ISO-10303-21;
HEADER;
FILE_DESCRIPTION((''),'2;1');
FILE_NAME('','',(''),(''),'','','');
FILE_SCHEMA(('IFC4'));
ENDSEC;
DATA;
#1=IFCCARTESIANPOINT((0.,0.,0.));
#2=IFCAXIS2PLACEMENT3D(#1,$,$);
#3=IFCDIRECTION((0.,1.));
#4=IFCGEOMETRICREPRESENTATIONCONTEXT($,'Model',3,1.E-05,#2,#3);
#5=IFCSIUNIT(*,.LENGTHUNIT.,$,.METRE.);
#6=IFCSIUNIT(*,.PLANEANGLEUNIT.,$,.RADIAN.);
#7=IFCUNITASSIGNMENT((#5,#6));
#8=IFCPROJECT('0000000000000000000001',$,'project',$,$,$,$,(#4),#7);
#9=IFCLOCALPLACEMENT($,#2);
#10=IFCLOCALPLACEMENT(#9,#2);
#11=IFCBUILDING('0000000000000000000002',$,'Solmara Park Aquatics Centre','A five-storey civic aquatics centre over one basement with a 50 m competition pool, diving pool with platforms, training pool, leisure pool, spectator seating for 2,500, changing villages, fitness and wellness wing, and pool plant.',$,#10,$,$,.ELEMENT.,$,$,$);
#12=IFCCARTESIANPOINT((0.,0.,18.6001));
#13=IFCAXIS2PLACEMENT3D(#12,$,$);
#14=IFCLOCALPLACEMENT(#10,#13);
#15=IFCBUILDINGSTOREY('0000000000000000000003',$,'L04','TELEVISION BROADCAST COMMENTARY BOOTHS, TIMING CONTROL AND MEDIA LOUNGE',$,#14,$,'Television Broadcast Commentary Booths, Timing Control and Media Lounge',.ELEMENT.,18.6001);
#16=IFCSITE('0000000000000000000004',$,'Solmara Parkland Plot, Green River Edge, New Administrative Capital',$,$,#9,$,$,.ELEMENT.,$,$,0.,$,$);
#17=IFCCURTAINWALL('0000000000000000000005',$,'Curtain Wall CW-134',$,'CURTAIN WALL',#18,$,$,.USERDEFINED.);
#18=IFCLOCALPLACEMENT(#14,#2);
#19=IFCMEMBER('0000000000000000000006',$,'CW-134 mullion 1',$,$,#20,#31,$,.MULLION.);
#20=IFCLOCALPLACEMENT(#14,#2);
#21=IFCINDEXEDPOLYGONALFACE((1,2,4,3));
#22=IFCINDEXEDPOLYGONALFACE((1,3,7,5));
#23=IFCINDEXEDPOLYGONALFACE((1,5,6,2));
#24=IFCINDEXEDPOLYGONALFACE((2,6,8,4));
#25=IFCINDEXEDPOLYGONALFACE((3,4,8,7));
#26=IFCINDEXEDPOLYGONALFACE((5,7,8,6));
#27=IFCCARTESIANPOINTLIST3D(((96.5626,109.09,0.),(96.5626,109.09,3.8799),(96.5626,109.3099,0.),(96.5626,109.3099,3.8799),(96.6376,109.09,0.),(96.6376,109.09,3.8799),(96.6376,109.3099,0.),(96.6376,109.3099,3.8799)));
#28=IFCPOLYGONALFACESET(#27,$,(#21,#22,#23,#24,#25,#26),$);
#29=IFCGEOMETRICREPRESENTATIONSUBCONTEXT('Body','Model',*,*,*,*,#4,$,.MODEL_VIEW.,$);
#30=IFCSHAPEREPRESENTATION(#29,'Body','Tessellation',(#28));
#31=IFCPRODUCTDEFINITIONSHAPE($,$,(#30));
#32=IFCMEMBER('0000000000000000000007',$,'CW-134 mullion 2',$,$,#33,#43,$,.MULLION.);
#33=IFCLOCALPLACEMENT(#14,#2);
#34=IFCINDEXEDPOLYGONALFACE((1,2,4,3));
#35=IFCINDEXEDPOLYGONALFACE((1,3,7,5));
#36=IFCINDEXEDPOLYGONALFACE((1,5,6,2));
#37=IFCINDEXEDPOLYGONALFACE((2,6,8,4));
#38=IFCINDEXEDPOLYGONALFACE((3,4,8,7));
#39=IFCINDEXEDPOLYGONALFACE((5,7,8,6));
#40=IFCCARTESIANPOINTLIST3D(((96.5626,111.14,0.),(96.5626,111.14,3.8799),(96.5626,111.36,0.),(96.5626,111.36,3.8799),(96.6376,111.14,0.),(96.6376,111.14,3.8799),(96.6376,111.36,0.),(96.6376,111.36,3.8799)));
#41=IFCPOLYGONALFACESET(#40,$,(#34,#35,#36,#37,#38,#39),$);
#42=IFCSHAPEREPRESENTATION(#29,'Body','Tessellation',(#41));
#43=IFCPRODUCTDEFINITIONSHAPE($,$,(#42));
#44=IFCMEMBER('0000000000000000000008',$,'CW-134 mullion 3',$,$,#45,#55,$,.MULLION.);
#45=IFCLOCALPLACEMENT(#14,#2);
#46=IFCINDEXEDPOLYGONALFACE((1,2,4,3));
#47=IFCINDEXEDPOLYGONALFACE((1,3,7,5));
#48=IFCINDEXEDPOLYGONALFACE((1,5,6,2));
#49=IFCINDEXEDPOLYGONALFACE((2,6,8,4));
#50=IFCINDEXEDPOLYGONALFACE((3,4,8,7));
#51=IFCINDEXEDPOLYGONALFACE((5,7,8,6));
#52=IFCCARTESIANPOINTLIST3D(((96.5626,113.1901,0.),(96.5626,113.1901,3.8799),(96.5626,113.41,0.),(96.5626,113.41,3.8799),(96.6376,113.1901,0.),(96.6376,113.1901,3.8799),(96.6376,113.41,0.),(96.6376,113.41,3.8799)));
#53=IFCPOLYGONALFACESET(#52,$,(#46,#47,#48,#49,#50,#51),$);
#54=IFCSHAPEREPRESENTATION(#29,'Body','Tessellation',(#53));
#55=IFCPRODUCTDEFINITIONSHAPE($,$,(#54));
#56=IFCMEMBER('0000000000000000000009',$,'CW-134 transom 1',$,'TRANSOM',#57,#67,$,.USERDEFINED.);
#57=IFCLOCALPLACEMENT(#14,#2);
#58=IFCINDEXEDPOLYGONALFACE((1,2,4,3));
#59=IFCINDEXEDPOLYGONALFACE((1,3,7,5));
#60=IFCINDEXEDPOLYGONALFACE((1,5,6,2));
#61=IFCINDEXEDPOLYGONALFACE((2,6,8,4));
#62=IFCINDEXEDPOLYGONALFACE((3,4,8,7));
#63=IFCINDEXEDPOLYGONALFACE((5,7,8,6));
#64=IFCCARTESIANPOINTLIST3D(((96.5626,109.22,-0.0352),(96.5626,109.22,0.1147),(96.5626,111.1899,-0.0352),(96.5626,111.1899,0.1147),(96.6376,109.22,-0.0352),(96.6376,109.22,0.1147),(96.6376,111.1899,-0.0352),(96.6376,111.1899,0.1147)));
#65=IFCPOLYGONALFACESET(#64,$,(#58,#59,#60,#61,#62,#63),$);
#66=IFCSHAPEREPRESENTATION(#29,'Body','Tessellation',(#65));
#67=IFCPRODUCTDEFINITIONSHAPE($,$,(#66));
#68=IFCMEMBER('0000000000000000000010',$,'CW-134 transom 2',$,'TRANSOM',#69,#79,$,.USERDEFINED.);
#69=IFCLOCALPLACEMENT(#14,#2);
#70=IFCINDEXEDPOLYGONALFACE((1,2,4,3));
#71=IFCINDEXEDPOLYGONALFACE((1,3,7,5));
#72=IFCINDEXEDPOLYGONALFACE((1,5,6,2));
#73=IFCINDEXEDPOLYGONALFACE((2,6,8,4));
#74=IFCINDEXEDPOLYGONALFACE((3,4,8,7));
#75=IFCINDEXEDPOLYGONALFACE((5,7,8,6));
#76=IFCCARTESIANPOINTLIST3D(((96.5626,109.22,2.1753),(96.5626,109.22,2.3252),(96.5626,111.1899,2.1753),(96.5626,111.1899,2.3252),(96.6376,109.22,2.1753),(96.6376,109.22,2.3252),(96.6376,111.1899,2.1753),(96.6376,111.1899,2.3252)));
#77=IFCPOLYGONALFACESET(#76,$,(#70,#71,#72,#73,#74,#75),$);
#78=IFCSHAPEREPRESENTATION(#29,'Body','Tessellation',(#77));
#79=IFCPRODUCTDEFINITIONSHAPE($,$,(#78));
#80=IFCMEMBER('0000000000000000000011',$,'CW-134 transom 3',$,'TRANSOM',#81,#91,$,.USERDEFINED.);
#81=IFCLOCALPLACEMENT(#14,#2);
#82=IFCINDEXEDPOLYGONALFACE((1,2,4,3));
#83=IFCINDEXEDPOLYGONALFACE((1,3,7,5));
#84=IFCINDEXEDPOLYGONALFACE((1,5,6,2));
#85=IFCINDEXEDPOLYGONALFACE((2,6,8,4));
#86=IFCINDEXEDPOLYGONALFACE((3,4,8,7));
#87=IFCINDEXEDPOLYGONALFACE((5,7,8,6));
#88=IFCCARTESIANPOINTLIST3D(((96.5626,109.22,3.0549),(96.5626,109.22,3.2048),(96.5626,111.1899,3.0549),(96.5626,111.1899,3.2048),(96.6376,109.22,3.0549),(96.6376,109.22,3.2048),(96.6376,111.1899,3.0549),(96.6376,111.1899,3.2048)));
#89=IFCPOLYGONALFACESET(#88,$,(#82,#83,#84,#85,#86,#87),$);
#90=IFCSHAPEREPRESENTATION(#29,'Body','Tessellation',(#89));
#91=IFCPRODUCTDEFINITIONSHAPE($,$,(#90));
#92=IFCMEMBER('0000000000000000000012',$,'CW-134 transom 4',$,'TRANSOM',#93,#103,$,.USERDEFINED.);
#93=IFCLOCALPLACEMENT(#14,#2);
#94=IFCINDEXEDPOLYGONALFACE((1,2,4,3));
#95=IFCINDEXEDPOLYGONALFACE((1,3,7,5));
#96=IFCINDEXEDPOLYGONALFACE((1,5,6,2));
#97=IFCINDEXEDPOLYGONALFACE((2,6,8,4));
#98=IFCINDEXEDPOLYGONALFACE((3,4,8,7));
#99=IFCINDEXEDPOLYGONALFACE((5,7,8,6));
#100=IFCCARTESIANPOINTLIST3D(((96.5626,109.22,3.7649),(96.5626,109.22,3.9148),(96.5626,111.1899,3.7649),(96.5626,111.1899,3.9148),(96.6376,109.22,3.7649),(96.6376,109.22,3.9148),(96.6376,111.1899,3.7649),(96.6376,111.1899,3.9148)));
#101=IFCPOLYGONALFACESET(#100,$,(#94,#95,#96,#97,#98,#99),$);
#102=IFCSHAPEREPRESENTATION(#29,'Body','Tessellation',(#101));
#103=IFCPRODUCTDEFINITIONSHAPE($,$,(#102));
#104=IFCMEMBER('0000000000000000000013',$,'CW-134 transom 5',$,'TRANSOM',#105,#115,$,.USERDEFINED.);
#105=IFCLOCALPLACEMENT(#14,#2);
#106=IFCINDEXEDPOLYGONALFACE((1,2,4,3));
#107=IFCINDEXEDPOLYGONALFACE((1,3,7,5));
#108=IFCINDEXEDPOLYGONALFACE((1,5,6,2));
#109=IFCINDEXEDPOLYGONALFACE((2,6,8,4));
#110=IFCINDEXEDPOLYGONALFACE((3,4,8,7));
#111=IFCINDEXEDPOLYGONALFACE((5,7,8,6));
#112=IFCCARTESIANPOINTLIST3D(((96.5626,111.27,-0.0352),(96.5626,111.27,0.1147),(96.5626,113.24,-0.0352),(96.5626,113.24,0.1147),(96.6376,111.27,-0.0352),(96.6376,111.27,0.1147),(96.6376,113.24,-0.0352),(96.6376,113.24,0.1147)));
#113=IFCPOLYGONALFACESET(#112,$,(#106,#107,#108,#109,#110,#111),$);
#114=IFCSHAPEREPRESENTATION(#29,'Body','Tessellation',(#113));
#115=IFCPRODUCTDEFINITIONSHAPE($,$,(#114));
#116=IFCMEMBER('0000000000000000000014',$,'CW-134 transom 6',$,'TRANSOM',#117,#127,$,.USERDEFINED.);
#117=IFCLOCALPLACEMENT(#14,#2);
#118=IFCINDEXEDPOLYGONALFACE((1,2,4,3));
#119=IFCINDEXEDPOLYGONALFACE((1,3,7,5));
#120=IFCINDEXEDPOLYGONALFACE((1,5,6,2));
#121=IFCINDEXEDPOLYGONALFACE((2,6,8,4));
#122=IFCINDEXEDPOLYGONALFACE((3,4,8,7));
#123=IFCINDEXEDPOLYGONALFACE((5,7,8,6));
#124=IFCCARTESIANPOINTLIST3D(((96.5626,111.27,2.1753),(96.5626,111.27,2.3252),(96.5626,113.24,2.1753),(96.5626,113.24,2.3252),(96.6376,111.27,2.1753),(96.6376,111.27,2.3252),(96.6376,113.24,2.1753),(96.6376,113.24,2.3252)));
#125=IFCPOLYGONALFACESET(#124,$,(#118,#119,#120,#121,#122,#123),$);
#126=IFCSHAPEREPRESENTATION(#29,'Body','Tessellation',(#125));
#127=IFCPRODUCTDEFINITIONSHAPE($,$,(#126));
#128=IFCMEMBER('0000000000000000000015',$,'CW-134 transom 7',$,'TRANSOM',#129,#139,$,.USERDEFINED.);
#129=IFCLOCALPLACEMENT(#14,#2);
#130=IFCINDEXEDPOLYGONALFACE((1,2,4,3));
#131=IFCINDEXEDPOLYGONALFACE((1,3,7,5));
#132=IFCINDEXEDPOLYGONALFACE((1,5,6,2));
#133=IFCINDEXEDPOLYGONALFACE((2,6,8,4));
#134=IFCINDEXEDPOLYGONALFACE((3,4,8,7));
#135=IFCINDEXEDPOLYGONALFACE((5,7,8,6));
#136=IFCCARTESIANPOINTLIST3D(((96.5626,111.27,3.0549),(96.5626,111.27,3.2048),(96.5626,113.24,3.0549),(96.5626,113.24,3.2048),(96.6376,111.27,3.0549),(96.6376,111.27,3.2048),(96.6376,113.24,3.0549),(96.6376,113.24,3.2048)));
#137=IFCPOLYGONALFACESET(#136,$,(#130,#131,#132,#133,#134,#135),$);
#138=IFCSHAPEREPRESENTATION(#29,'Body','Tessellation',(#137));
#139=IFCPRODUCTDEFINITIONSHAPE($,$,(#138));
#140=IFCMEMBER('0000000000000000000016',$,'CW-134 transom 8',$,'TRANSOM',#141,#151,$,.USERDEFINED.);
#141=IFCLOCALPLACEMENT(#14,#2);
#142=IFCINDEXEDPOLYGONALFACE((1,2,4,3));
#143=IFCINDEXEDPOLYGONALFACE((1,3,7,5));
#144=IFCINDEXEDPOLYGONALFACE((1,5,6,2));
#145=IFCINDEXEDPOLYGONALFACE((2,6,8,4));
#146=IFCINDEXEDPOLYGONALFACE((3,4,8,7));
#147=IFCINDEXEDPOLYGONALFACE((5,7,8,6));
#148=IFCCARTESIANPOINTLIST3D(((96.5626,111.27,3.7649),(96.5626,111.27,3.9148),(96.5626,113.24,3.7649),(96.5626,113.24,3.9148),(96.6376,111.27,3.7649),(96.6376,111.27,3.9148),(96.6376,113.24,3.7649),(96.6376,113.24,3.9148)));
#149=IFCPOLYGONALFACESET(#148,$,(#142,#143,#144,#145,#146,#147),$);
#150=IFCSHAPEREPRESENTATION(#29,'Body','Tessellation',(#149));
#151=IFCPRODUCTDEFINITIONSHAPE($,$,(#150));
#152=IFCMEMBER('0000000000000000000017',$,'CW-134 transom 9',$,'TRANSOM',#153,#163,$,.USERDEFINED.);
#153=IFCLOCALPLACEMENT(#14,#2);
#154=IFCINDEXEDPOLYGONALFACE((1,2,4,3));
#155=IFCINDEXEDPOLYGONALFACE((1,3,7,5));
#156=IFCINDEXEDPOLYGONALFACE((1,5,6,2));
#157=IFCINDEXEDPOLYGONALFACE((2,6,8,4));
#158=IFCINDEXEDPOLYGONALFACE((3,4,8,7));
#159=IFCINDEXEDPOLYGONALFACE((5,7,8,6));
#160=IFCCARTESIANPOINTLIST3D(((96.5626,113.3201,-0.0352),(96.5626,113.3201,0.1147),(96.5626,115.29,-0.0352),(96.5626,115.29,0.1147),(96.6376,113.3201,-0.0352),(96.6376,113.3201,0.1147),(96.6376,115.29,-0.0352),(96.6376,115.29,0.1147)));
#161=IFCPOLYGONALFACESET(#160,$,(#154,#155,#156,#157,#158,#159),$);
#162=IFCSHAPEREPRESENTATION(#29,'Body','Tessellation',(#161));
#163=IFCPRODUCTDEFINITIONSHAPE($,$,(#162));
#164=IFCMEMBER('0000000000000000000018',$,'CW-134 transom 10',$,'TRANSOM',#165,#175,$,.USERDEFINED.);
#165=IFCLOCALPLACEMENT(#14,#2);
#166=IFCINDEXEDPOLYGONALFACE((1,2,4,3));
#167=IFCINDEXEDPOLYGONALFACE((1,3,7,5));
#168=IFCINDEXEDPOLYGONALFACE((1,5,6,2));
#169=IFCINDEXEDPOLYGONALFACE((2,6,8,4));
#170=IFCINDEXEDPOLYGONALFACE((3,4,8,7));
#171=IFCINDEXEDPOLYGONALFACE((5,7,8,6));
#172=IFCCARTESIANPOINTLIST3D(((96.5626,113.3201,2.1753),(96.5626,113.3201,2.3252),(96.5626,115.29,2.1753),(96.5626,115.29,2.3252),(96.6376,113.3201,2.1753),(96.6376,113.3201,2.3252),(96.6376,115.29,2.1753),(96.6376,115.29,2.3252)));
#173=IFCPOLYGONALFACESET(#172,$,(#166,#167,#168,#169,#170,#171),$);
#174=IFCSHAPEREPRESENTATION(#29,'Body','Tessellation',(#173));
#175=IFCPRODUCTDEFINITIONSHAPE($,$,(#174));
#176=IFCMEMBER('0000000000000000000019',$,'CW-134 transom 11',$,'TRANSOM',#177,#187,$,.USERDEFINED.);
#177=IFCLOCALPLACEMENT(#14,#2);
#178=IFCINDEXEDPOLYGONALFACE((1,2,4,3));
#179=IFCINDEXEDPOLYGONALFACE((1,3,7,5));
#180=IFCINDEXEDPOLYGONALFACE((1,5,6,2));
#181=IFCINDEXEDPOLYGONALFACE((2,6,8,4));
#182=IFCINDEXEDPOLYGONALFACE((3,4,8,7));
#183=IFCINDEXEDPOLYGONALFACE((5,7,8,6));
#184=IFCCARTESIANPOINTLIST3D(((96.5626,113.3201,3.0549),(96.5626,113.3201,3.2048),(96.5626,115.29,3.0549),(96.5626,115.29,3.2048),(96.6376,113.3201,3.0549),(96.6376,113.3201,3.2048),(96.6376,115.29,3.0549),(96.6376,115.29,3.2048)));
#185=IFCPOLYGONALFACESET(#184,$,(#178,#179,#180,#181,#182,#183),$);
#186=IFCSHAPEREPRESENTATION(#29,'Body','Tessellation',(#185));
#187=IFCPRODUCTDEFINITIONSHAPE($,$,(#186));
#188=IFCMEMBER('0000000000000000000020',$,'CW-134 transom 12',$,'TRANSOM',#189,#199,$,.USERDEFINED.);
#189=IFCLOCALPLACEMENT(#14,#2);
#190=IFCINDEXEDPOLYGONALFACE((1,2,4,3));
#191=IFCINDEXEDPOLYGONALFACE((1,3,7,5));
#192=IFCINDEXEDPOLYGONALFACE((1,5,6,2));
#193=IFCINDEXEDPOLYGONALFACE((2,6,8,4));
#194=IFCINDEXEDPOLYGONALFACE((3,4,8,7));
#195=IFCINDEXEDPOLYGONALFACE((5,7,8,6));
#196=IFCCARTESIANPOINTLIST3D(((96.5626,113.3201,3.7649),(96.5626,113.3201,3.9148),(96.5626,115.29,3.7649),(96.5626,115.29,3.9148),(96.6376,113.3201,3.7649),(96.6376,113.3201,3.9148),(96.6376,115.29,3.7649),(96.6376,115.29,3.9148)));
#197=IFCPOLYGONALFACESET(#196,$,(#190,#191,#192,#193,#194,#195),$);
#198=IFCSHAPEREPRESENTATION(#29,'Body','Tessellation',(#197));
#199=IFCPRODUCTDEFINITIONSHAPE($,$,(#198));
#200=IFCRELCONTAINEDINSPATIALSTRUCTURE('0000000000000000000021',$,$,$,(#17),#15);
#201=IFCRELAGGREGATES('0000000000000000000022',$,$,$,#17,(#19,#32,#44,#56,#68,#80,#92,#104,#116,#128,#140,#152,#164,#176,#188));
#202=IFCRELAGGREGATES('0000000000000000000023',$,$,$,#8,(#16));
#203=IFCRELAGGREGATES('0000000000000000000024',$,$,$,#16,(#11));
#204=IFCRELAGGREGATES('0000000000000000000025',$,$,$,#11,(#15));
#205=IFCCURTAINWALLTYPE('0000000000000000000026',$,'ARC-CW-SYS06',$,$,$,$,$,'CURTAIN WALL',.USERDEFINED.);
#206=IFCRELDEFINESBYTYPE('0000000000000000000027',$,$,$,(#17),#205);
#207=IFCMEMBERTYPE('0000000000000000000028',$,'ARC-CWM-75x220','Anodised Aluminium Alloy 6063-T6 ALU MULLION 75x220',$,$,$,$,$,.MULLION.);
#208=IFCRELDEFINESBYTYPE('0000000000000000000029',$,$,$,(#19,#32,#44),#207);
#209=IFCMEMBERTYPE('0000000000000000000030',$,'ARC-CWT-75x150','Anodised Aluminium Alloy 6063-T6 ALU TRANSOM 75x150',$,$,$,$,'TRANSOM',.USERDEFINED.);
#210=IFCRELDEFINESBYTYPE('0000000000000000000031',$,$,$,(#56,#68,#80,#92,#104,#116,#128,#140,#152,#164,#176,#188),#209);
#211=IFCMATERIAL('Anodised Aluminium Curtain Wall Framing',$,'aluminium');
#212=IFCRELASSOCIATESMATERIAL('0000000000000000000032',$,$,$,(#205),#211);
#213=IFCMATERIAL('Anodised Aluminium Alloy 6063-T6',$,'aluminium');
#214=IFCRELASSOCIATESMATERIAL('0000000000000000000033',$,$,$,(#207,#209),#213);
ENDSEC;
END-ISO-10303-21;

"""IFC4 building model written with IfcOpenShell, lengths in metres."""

from ifc_helpers import new_model, si_unit, direction, frame, origin, origin_2d, place, context, subcontext, project, spatial, rectangle, extrude, material, material_profile, profile_set, type_object, element, aggregate, save


model = new_model("IFC4")

# Units and contexts
model_context = context("Model", 3, precision=1e-05, world=origin(), true_north=direction((0.0, 1.0)))
body_context = subcontext(model_context, "Body", "Model", "MODEL_VIEW")
ifc_project = project(units=[si_unit("LENGTHUNIT", "METRE"), si_unit("PLANEANGLEUNIT", "RADIAN")], contexts=[model_context])

# Site, building, storey
site_placement = place(None, origin())
site = spatial("IfcSite", under=ifc_project, at=site_placement, Name="Solmara Parkland Plot, Green River Edge, New Administrative Capital", CompositionType="ELEMENT", RefElevation=0.0)
building_placement = place(site_placement, origin())
building = spatial("IfcBuilding", under=site, at=building_placement, Name="Solmara Park Aquatics Centre", Description="A five-storey civic aquatics centre over one basement with a 50 m competition pool, diving pool with platforms, training pool, leisure pool, spectator seating for 2,500, changing villages, fitness and wellness wing, and pool plant.", CompositionType="ELEMENT")
storey_placement = place(building_placement, frame((0.0, 0.0, 18.6001)))
storey = spatial("IfcBuildingStorey", under=building, at=storey_placement, Name="L04", Description="TELEVISION BROADCAST COMMENTARY BOOTHS, TIMING CONTROL AND MEDIA LOUNGE", LongName="Television Broadcast Commentary Booths, Timing Control and Media Lounge", CompositionType="ELEMENT", Elevation=18.6001)

# Curtain wall, members
ifc_material_1 = material(Name="Anodised Aluminium Curtain Wall Framing", Category="aluminium")
curtain_wall_type = type_object("IfcCurtainWallType", Name="ARC-CW-SYS06", ElementType="CURTAIN WALL", PredefinedType="USERDEFINED", material=ifc_material_1)
curtain_wall_placement = place(storey_placement, origin())
curtain_wall = element("IfcCurtainWall", 1, at=curtain_wall_placement, inside=storey, type_object=curtain_wall_type, Name="Curtain Wall CW-134", ObjectType="CURTAIN WALL", PredefinedType="USERDEFINED")
ifc_material_2 = material(Name="Anodised Aluminium Alloy 6063-T6", Category="aluminium")
ifc_material_profile_1 = material_profile(ifc_material_2, rectangle(XDim=0.075, YDim=0.22, at=origin_2d()), Name="ALU MULLION 75x220")
ifc_profile_set_1 = profile_set([ifc_material_profile_1], Name="Anodised Aluminium Alloy 6063-T6")
member_type_1 = type_object("IfcMemberType", Name="ARC-CWM-75x220", Description="Anodised Aluminium Alloy 6063-T6 ALU MULLION 75x220", PredefinedType="MULLION", material=ifc_profile_set_1)
member_1_placement = place(storey_placement, frame((96.6001, 109.2, 0.0), z_axis=(0.0, 0.0, 1.0), x_axis=(1.0, 0.0, 0.0)))
member_1 = element("IfcMember", 2, at=member_1_placement, type_object=member_type_1, Name="CW-134 mullion 1", PredefinedType="MULLION", context=body_context, shape_type="SweptSolid", body=[
    extrude(rectangle(XDim=0.075, YDim=0.22, at=origin_2d()), origin(), (0.0, 0.0, 1.0), 3.8799),
])
member_2_placement = place(storey_placement, frame((96.6001, 111.25, 0.0), z_axis=(0.0, 0.0, 1.0), x_axis=(1.0, 0.0, 0.0)))
member_2 = element("IfcMember", 3, at=member_2_placement, type_object=member_type_1, Name="CW-134 mullion 2", PredefinedType="MULLION", context=body_context, shape_type="SweptSolid", body=[
    extrude(rectangle(XDim=0.075, YDim=0.22, at=origin_2d()), origin(), (0.0, 0.0, 1.0), 3.8799),
])
member_3_placement = place(storey_placement, frame((96.6001, 113.3, 0.0), z_axis=(0.0, 0.0, 1.0), x_axis=(1.0, 0.0, 0.0)))
member_3 = element("IfcMember", 4, at=member_3_placement, type_object=member_type_1, Name="CW-134 mullion 3", PredefinedType="MULLION", context=body_context, shape_type="SweptSolid", body=[
    extrude(rectangle(XDim=0.075, YDim=0.22, at=origin_2d()), origin(), (0.0, 0.0, 1.0), 3.8799),
])
ifc_material_profile_2 = material_profile(ifc_material_2, rectangle(XDim=0.075, YDim=0.1499, at=origin_2d()), Name="ALU TRANSOM 75x150")
ifc_profile_set_2 = profile_set([ifc_material_profile_2], Name="Anodised Aluminium Alloy 6063-T6")
member_type_2 = type_object("IfcMemberType", Name="ARC-CWT-75x150", Description="Anodised Aluminium Alloy 6063-T6 ALU TRANSOM 75x150", ElementType="TRANSOM", PredefinedType="USERDEFINED", material=ifc_profile_set_2)
member_4_placement = place(storey_placement, frame((96.6001, 109.22, 0.0398), z_axis=(0.0, 1.0, 0.0), x_axis=(-1.0, 0.0, 0.0)))
member_4 = element("IfcMember", 5, at=member_4_placement, type_object=member_type_2, Name="CW-134 transom 1", ObjectType="TRANSOM", PredefinedType="USERDEFINED", context=body_context, shape_type="SweptSolid", body=[
    extrude(rectangle(XDim=0.075, YDim=0.1499, at=origin_2d()), origin(), (0.0, 0.0, 1.0), 1.97),
])
member_5_placement = place(storey_placement, frame((96.6001, 109.22, 2.2502), z_axis=(0.0, 1.0, 0.0), x_axis=(-1.0, 0.0, 0.0)))
member_5 = element("IfcMember", 6, at=member_5_placement, type_object=member_type_2, Name="CW-134 transom 2", ObjectType="TRANSOM", PredefinedType="USERDEFINED", context=body_context, shape_type="SweptSolid", body=[
    extrude(rectangle(XDim=0.075, YDim=0.1499, at=origin_2d()), origin(), (0.0, 0.0, 1.0), 1.97),
])
member_6_placement = place(storey_placement, frame((96.6001, 109.22, 3.1299), z_axis=(0.0, 1.0, 0.0), x_axis=(-1.0, 0.0, 0.0)))
member_6 = element("IfcMember", 7, at=member_6_placement, type_object=member_type_2, Name="CW-134 transom 3", ObjectType="TRANSOM", PredefinedType="USERDEFINED", context=body_context, shape_type="SweptSolid", body=[
    extrude(rectangle(XDim=0.075, YDim=0.1499, at=origin_2d()), origin(), (0.0, 0.0, 1.0), 1.97),
])
member_7_placement = place(storey_placement, frame((96.6001, 109.22, 3.8398), z_axis=(0.0, 1.0, 0.0), x_axis=(-1.0, 0.0, 0.0)))
member_7 = element("IfcMember", 8, at=member_7_placement, type_object=member_type_2, Name="CW-134 transom 4", ObjectType="TRANSOM", PredefinedType="USERDEFINED", context=body_context, shape_type="SweptSolid", body=[
    extrude(rectangle(XDim=0.075, YDim=0.1499, at=origin_2d()), origin(), (0.0, 0.0, 1.0), 1.97),
])
member_8_placement = place(storey_placement, frame((96.6001, 111.27, 0.0398), z_axis=(0.0, 1.0, 0.0), x_axis=(-1.0, 0.0, 0.0)))
member_8 = element("IfcMember", 9, at=member_8_placement, type_object=member_type_2, Name="CW-134 transom 5", ObjectType="TRANSOM", PredefinedType="USERDEFINED", context=body_context, shape_type="SweptSolid", body=[
    extrude(rectangle(XDim=0.075, YDim=0.1499, at=origin_2d()), origin(), (0.0, 0.0, 1.0), 1.97),
])
member_9_placement = place(storey_placement, frame((96.6001, 111.27, 2.2502), z_axis=(0.0, 1.0, 0.0), x_axis=(-1.0, 0.0, 0.0)))
member_9 = element("IfcMember", 10, at=member_9_placement, type_object=member_type_2, Name="CW-134 transom 6", ObjectType="TRANSOM", PredefinedType="USERDEFINED", context=body_context, shape_type="SweptSolid", body=[
    extrude(rectangle(XDim=0.075, YDim=0.1499, at=origin_2d()), origin(), (0.0, 0.0, 1.0), 1.97),
])
member_10_placement = place(storey_placement, frame((96.6001, 111.27, 3.1299), z_axis=(0.0, 1.0, 0.0), x_axis=(-1.0, 0.0, 0.0)))
member_10 = element("IfcMember", 11, at=member_10_placement, type_object=member_type_2, Name="CW-134 transom 7", ObjectType="TRANSOM", PredefinedType="USERDEFINED", context=body_context, shape_type="SweptSolid", body=[
    extrude(rectangle(XDim=0.075, YDim=0.1499, at=origin_2d()), origin(), (0.0, 0.0, 1.0), 1.97),
])
member_11_placement = place(storey_placement, frame((96.6001, 111.27, 3.8398), z_axis=(0.0, 1.0, 0.0), x_axis=(-1.0, 0.0, 0.0)))
member_11 = element("IfcMember", 12, at=member_11_placement, type_object=member_type_2, Name="CW-134 transom 8", ObjectType="TRANSOM", PredefinedType="USERDEFINED", context=body_context, shape_type="SweptSolid", body=[
    extrude(rectangle(XDim=0.075, YDim=0.1499, at=origin_2d()), origin(), (0.0, 0.0, 1.0), 1.97),
])
member_12_placement = place(storey_placement, frame((96.6001, 113.3201, 0.0398), z_axis=(0.0, 1.0, 0.0), x_axis=(-1.0, 0.0, 0.0)))
member_12 = element("IfcMember", 13, at=member_12_placement, type_object=member_type_2, Name="CW-134 transom 9", ObjectType="TRANSOM", PredefinedType="USERDEFINED", context=body_context, shape_type="SweptSolid", body=[
    extrude(rectangle(XDim=0.075, YDim=0.1499, at=origin_2d()), origin(), (0.0, 0.0, 1.0), 1.97),
])
member_13_placement = place(storey_placement, frame((96.6001, 113.3201, 2.2502), z_axis=(0.0, 1.0, 0.0), x_axis=(-1.0, 0.0, 0.0)))
member_13 = element("IfcMember", 14, at=member_13_placement, type_object=member_type_2, Name="CW-134 transom 10", ObjectType="TRANSOM", PredefinedType="USERDEFINED", context=body_context, shape_type="SweptSolid", body=[
    extrude(rectangle(XDim=0.075, YDim=0.1499, at=origin_2d()), origin(), (0.0, 0.0, 1.0), 1.97),
])
member_14_placement = place(storey_placement, frame((96.6001, 113.3201, 3.1299), z_axis=(0.0, 1.0, 0.0), x_axis=(-1.0, 0.0, 0.0)))
member_14 = element("IfcMember", 15, at=member_14_placement, type_object=member_type_2, Name="CW-134 transom 11", ObjectType="TRANSOM", PredefinedType="USERDEFINED", context=body_context, shape_type="SweptSolid", body=[
    extrude(rectangle(XDim=0.075, YDim=0.1499, at=origin_2d()), origin(), (0.0, 0.0, 1.0), 1.97),
])
member_15_placement = place(storey_placement, frame((96.6001, 113.3201, 3.8398), z_axis=(0.0, 1.0, 0.0), x_axis=(-1.0, 0.0, 0.0)))
member_15 = element("IfcMember", 16, at=member_15_placement, type_object=member_type_2, Name="CW-134 transom 12", ObjectType="TRANSOM", PredefinedType="USERDEFINED", context=body_context, shape_type="SweptSolid", body=[
    extrude(rectangle(XDim=0.075, YDim=0.1499, at=origin_2d()), origin(), (0.0, 0.0, 1.0), 1.97),
])
aggregate(curtain_wall, [member_1, member_2, member_3, member_4, member_5, member_6, member_7, member_8, member_9, member_10, member_11, member_12, member_13, member_14, member_15])

save(model, "model.ifc")
